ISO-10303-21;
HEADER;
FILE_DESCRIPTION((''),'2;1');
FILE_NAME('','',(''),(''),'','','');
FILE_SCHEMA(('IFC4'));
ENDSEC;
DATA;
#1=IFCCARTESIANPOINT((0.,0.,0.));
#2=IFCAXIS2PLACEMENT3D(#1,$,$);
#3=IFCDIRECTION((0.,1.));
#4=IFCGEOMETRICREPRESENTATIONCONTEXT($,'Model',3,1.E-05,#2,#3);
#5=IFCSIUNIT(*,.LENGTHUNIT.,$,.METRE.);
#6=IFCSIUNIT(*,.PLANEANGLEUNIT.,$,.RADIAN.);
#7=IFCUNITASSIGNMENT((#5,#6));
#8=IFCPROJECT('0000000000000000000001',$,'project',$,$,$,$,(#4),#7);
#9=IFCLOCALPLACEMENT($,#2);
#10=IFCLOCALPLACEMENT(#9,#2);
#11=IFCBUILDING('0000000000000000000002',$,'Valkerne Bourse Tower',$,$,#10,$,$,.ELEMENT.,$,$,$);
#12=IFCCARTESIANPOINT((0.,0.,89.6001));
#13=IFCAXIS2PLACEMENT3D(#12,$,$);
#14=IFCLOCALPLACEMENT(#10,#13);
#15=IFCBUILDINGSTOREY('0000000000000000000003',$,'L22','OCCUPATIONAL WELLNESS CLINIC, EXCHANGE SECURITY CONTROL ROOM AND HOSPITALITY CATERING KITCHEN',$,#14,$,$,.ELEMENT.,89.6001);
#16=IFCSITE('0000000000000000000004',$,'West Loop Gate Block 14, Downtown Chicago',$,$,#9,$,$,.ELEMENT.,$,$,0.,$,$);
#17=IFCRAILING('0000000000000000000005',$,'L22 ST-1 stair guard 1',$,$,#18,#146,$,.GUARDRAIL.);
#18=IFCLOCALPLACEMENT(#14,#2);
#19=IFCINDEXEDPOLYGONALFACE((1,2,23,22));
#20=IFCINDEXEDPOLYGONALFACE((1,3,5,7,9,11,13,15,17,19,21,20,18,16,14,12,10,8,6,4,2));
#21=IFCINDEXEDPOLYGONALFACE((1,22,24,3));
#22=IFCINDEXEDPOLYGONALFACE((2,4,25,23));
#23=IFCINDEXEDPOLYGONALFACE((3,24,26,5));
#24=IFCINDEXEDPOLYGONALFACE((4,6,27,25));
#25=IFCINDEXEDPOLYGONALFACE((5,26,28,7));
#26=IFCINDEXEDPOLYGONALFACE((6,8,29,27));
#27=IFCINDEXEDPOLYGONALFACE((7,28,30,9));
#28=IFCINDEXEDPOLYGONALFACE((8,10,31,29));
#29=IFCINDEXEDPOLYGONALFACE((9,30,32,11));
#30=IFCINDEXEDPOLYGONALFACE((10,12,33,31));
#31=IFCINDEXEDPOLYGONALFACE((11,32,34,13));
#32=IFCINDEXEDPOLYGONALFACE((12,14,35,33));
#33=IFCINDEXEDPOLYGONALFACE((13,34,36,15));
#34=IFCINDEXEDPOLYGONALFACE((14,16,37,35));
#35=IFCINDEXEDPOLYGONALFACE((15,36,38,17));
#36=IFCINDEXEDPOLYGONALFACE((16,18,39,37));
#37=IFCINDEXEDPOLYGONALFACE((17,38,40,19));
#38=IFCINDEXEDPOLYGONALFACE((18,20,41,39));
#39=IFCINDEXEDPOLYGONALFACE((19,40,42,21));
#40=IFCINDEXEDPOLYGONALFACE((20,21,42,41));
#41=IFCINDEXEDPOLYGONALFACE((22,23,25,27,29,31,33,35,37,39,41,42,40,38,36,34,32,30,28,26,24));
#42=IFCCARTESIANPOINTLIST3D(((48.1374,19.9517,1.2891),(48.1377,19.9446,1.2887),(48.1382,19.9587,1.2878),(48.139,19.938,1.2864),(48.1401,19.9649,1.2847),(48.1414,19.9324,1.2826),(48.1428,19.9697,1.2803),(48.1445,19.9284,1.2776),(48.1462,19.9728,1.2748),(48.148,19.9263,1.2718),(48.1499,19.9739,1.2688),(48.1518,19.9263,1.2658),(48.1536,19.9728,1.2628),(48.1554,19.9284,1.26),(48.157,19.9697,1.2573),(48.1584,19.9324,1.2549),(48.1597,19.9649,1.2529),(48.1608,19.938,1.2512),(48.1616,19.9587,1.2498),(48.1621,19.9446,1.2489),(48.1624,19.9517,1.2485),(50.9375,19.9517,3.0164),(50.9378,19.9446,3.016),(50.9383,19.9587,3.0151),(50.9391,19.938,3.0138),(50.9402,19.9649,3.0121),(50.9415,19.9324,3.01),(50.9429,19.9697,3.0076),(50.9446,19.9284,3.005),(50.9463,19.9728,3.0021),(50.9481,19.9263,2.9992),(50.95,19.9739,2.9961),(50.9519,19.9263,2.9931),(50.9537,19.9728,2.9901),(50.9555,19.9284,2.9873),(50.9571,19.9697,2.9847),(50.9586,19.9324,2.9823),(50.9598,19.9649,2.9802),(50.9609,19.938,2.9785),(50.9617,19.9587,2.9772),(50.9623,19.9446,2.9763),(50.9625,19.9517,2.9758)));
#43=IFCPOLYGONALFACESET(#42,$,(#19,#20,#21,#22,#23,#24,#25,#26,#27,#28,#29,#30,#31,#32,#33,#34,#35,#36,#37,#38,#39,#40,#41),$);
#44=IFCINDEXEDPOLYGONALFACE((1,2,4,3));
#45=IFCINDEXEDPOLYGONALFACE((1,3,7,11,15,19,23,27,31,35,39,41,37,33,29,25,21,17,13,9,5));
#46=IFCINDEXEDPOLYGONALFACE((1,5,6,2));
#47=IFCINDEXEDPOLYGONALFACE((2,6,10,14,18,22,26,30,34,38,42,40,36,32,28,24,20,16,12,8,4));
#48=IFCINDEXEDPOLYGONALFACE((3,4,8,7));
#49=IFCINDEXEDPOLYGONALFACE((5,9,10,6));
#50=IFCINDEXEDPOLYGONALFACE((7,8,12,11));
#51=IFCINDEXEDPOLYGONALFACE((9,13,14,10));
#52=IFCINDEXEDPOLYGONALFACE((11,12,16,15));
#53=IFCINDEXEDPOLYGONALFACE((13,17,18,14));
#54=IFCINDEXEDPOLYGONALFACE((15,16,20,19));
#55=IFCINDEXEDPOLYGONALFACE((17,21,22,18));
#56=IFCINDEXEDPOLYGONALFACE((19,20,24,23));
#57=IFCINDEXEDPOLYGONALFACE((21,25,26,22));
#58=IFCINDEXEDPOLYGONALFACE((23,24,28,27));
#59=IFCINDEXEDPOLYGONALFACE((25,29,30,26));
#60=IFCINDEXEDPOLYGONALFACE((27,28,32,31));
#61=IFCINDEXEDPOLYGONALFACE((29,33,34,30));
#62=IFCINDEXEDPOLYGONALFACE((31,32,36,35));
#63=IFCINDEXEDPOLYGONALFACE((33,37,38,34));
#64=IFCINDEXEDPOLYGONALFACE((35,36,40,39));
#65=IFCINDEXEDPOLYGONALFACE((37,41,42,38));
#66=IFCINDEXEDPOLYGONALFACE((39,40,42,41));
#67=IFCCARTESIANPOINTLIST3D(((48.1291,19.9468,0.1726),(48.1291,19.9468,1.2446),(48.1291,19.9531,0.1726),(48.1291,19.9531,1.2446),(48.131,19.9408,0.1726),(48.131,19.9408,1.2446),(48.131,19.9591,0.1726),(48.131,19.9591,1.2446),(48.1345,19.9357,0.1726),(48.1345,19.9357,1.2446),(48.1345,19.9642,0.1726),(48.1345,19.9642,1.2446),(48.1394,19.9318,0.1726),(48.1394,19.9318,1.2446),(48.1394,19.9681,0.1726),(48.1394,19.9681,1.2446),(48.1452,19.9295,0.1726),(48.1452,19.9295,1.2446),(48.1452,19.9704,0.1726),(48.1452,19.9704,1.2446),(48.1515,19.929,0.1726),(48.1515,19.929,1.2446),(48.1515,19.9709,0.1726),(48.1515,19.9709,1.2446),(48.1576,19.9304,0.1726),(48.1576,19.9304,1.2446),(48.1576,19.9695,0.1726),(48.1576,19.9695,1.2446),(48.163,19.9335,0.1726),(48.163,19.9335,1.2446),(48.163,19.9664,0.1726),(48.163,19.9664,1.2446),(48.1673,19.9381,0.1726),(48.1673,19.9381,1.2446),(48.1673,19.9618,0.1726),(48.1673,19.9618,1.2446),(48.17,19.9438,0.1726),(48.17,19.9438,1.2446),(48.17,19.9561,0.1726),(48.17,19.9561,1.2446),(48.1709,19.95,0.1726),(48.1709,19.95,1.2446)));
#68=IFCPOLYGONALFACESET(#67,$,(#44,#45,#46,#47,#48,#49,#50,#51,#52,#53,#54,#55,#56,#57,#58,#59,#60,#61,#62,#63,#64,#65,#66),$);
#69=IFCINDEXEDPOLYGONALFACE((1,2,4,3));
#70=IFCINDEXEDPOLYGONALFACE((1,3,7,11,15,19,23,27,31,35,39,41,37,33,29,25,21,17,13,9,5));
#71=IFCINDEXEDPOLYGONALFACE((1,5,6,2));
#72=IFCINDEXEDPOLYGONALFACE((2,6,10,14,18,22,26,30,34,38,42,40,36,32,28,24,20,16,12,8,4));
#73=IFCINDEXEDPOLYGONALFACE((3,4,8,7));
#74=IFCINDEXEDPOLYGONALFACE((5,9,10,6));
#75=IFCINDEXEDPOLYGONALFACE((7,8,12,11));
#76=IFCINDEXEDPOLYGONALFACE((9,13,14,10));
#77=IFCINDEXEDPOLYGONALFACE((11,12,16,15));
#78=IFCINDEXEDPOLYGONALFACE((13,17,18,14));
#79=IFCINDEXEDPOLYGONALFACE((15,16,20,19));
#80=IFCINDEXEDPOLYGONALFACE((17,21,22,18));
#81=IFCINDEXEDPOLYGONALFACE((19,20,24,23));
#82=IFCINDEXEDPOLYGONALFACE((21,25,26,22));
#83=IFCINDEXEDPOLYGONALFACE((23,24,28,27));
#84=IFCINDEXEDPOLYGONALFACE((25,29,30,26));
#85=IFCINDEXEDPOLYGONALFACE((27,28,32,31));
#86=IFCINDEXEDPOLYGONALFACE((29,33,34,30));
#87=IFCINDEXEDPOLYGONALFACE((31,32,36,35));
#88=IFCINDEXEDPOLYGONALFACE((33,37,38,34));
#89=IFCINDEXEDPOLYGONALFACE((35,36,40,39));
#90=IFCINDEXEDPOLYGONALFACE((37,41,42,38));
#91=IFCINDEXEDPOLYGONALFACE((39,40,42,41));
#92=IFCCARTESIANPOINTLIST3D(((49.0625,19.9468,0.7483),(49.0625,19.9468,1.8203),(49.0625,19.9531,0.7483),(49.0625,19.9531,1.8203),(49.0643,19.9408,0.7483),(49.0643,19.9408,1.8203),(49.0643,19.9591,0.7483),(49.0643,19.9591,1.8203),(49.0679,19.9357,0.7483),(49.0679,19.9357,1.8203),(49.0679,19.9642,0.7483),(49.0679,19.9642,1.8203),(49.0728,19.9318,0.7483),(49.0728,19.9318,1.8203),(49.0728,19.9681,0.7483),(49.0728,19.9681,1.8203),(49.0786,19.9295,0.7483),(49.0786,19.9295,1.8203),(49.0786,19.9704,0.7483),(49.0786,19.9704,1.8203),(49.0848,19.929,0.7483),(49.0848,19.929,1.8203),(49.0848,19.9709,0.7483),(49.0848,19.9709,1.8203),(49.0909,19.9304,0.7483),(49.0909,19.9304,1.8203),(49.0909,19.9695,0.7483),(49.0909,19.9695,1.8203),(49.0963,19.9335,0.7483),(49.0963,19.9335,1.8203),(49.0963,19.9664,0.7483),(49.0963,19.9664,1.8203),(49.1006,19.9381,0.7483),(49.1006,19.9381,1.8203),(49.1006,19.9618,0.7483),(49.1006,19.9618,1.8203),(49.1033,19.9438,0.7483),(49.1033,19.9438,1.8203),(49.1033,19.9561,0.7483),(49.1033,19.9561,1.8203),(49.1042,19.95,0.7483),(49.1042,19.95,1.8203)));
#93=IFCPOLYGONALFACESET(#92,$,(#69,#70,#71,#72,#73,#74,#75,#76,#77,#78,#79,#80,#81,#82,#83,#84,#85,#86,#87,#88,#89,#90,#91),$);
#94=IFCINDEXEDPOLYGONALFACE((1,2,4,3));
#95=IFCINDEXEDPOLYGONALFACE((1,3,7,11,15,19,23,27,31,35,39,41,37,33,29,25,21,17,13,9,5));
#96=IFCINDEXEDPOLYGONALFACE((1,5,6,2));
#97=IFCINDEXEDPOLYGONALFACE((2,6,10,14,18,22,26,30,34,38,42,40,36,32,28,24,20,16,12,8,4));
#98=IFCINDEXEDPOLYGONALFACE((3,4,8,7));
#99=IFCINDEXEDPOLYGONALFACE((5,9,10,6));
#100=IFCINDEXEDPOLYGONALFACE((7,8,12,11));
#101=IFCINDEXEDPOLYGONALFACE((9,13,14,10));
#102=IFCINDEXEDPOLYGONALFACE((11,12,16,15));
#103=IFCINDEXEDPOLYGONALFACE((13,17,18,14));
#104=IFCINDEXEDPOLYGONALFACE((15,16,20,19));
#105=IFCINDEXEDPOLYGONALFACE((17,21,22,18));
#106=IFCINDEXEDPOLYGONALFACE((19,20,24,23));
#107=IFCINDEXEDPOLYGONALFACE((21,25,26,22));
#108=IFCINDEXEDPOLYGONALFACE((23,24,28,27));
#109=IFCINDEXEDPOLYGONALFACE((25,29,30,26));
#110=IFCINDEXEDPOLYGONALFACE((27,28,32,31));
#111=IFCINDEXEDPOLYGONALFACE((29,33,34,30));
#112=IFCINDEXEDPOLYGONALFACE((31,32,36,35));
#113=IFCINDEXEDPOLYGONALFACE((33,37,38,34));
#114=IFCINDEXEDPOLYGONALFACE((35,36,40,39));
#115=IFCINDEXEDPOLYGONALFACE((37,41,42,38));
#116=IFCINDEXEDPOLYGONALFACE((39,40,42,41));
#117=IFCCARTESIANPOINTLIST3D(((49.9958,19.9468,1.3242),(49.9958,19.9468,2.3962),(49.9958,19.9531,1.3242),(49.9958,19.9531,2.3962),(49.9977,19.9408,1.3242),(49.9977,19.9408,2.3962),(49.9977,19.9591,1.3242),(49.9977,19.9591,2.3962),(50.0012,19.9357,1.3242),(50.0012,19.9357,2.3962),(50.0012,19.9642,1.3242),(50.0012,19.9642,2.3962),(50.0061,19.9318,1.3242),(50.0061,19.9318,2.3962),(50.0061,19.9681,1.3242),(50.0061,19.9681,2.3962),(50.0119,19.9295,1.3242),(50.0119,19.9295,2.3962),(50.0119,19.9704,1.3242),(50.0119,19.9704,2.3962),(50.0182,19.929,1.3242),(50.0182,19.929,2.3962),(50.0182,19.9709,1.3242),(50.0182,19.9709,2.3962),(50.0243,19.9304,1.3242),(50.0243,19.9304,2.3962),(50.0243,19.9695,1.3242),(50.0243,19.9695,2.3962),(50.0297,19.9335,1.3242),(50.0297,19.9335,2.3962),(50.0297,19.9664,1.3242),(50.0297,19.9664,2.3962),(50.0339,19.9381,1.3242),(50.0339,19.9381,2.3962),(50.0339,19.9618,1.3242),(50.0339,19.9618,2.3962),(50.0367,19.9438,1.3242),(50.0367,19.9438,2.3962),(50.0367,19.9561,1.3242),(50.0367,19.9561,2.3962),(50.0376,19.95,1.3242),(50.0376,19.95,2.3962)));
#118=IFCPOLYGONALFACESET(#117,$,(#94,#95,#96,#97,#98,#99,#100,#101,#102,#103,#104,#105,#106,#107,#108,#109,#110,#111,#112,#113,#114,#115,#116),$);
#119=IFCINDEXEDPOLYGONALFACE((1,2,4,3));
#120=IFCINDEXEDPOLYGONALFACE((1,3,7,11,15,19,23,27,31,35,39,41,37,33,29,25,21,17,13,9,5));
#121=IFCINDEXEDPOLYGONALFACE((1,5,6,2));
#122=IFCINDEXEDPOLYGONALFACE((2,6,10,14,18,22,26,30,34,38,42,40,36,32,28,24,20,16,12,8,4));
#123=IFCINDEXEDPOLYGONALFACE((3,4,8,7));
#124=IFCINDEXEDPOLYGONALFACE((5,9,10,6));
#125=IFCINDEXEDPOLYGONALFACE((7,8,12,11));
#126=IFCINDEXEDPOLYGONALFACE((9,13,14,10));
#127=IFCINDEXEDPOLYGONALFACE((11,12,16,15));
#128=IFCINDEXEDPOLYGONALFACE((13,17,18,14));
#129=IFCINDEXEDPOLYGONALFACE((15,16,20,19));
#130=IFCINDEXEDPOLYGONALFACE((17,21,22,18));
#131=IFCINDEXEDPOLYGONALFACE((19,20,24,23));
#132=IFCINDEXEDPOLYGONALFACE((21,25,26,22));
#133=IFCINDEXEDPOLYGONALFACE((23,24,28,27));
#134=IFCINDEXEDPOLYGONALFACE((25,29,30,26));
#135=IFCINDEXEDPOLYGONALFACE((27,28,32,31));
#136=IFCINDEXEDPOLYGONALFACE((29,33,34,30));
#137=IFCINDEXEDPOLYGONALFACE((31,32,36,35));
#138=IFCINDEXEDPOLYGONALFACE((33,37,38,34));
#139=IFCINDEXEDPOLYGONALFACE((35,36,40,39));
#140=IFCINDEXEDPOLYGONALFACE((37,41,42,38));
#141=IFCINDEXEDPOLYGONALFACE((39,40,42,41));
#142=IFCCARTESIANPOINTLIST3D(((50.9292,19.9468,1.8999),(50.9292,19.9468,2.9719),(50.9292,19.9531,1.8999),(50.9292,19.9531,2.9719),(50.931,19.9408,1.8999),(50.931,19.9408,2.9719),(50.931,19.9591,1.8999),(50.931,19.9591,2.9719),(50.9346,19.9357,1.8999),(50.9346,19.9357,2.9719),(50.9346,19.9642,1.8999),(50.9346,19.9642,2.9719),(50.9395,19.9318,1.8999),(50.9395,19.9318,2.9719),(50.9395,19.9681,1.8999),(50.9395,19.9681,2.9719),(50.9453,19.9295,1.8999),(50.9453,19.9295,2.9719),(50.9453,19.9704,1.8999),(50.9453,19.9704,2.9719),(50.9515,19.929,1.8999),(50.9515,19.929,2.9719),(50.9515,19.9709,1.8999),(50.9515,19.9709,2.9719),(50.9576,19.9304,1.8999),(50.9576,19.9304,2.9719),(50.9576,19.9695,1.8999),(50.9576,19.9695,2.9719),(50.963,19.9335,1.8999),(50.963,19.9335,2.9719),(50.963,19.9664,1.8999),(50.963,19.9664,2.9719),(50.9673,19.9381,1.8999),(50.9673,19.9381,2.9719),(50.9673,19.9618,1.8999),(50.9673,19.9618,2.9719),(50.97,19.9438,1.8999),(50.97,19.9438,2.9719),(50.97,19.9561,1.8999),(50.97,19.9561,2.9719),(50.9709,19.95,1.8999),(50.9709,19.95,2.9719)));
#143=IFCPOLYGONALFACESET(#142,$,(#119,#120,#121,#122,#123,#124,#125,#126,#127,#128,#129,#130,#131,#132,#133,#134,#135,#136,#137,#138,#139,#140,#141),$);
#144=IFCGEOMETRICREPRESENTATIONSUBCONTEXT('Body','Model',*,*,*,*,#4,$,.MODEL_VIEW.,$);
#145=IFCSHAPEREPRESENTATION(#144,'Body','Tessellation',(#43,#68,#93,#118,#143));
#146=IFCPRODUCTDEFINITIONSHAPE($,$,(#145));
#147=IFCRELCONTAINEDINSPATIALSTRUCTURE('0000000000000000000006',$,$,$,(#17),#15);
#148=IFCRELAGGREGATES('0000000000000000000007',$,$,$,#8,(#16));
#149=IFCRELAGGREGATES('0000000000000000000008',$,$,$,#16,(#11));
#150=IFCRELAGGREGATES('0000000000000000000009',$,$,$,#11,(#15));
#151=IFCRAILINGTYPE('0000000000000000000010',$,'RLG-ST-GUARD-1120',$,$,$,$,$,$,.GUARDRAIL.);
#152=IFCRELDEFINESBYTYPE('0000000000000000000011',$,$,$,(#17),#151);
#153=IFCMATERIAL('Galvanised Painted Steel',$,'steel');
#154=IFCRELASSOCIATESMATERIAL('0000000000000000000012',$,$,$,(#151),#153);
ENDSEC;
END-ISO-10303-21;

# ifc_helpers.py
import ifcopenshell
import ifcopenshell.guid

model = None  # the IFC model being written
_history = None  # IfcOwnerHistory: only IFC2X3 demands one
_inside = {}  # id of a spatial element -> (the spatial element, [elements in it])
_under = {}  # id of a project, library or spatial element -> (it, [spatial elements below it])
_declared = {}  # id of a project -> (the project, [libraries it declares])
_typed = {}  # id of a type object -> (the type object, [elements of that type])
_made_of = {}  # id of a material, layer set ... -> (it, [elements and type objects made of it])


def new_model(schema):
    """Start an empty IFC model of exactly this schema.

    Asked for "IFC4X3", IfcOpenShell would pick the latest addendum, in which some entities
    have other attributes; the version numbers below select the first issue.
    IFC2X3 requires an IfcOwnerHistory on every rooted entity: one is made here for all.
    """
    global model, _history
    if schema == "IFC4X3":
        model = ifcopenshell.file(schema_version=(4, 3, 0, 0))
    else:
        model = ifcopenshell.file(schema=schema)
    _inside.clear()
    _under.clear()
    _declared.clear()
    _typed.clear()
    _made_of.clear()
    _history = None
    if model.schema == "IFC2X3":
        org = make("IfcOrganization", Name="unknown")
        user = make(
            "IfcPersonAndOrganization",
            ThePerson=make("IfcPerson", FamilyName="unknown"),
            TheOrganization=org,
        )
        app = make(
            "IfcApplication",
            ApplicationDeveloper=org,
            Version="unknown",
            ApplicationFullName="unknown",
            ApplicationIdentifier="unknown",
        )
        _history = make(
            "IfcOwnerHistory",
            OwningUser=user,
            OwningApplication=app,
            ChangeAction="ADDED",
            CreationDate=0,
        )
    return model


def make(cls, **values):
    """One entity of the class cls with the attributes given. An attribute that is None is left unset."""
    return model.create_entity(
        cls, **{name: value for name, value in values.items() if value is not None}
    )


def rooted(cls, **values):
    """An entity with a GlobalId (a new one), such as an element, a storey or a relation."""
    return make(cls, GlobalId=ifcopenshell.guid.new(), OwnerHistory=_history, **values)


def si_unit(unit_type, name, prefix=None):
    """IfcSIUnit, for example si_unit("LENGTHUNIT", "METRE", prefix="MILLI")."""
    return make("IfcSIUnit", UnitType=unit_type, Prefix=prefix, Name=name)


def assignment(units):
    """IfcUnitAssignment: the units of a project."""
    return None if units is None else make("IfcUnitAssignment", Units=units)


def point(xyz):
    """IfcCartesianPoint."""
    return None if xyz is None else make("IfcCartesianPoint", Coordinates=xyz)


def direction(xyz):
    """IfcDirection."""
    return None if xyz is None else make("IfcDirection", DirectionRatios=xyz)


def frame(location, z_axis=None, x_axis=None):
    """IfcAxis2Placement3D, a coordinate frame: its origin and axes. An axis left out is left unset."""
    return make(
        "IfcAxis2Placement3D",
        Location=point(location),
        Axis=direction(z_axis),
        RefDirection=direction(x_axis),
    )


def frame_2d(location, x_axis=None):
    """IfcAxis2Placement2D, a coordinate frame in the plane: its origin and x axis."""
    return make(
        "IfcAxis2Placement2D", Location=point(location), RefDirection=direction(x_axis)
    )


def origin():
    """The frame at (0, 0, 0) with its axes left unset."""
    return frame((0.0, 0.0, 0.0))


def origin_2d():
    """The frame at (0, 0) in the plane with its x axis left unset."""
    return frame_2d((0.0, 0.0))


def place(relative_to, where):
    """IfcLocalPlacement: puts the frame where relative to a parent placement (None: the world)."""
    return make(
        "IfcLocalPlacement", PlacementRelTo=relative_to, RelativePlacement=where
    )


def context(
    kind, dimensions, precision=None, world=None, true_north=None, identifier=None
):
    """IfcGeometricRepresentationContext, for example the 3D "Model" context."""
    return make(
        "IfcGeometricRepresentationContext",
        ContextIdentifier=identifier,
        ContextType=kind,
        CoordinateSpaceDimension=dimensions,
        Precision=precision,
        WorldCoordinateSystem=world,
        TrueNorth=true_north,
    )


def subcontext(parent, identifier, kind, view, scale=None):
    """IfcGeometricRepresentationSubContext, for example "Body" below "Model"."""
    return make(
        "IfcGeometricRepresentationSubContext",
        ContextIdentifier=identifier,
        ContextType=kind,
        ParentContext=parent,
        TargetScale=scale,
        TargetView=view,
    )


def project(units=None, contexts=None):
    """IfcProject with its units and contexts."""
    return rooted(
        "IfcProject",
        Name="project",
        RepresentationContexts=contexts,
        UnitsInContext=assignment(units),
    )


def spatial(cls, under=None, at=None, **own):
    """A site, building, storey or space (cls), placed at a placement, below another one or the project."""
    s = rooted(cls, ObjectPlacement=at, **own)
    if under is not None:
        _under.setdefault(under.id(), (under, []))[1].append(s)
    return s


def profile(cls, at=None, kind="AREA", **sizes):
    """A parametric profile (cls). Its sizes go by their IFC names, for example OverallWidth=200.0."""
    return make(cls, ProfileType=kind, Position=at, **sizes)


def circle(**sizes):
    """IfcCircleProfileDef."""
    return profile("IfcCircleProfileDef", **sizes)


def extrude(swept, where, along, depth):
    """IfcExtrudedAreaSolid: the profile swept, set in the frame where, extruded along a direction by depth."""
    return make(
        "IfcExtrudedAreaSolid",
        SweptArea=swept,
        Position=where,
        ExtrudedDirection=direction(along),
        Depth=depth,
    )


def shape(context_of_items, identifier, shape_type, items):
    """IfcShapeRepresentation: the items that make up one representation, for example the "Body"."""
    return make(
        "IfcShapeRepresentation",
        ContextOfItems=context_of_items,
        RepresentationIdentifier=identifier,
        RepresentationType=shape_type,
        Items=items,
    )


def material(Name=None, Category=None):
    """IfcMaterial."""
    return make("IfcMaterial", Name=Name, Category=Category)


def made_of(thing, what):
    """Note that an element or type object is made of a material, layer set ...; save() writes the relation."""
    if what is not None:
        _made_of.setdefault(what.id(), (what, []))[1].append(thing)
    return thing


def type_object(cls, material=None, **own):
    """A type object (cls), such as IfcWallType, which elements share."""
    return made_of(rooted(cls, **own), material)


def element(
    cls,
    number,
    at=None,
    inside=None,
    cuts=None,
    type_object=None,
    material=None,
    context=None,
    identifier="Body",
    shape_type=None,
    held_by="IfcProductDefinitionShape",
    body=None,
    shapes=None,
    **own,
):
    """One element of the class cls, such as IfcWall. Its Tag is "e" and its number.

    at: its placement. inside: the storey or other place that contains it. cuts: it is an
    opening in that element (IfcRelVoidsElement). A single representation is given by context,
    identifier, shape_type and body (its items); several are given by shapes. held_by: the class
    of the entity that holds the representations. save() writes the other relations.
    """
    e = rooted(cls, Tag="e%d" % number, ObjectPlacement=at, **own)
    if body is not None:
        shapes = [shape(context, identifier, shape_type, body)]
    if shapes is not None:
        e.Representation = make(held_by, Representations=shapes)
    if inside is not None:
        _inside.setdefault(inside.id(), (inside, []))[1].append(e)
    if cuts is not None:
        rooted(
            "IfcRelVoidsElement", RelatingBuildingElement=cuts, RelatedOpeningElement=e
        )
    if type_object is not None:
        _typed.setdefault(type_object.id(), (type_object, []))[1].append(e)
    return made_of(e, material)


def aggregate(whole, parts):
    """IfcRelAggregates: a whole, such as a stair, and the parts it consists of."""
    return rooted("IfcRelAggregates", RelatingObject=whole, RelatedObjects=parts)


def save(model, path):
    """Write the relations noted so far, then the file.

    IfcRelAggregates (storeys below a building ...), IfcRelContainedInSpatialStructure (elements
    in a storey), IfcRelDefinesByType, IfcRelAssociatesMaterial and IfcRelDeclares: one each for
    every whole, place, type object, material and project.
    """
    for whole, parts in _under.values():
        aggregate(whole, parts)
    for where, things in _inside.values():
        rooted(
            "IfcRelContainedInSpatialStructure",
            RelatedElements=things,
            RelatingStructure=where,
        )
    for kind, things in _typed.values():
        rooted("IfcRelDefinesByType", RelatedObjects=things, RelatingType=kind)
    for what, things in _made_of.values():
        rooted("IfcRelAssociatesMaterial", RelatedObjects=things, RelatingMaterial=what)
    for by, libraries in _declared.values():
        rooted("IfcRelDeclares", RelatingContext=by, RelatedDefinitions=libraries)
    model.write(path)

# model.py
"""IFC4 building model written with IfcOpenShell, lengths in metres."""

from ifc_helpers import new_model, si_unit, direction, frame, origin, origin_2d, place, context, subcontext, project, spatial, circle, extrude, material, type_object, element, save


model = new_model("IFC4")

# Units and contexts
model_context = context("Model", 3, precision=1e-05, world=origin(), true_north=direction((0.0, 1.0)))
body_context = subcontext(model_context, "Body", "Model", "MODEL_VIEW")
ifc_project = project(units=[si_unit("LENGTHUNIT", "METRE"), si_unit("PLANEANGLEUNIT", "RADIAN")], contexts=[model_context])

# Site, building, storey
site_placement = place(None, origin())
site = spatial("IfcSite", under=ifc_project, at=site_placement, Name="West Loop Gate Block 14, Downtown Chicago", CompositionType="ELEMENT", RefElevation=0.0)
building_placement = place(site_placement, origin())
building = spatial("IfcBuilding", under=site, at=building_placement, Name="Valkerne Bourse Tower", CompositionType="ELEMENT")
storey_placement = place(building_placement, frame((0.0, 0.0, 89.6001)))
storey = spatial("IfcBuildingStorey", under=building, at=storey_placement, Name="L22", Description="OCCUPATIONAL WELLNESS CLINIC, EXCHANGE SECURITY CONTROL ROOM AND HOSPITALITY CATERING KITCHEN", CompositionType="ELEMENT", Elevation=89.6001)

# Shared definitions
ifc_material_1 = material(Name="Galvanised Painted Steel", Category="steel")

# Railing
railing_type_1 = type_object("IfcRailingType", Name="RLG-ST-GUARD-1120", PredefinedType="GUARDRAIL", material=ifc_material_1)
railing_1_placement = place(storey_placement, frame((48.1499, 19.95, 0.1726)))
element("IfcRailing", 1, at=railing_1_placement, inside=storey, type_object=railing_type_1, Name="L22 ST-1 stair guard 1", PredefinedType="GUARDRAIL", context=body_context, shape_type="SweptSolid", body=[
    extrude(circle(Radius=0.0239, at=origin_2d()), frame((0.0, 0.0, 1.0962), z_axis=(0.85109, 0.0, 0.52502), x_axis=(0.0, 1.0, 0.0)), (0.0, 0.0, 1.0), 3.29),
    extrude(circle(Radius=0.021, at=origin_2d()), origin(), (0.0, 0.0, 1.0), 1.072),
    extrude(circle(Radius=0.021, at=origin_2d()), frame((0.9333, 0.0, 0.5757)), (0.0, 0.0, 1.0), 1.072),
    extrude(circle(Radius=0.021, at=origin_2d()), frame((1.8667, 0.0, 1.1516)), (0.0, 0.0, 1.0), 1.072),
    extrude(circle(Radius=0.021, at=origin_2d()), frame((2.8, 0.0, 1.7273)), (0.0, 0.0, 1.0), 1.072),
])

save(model, "model.ifc")
